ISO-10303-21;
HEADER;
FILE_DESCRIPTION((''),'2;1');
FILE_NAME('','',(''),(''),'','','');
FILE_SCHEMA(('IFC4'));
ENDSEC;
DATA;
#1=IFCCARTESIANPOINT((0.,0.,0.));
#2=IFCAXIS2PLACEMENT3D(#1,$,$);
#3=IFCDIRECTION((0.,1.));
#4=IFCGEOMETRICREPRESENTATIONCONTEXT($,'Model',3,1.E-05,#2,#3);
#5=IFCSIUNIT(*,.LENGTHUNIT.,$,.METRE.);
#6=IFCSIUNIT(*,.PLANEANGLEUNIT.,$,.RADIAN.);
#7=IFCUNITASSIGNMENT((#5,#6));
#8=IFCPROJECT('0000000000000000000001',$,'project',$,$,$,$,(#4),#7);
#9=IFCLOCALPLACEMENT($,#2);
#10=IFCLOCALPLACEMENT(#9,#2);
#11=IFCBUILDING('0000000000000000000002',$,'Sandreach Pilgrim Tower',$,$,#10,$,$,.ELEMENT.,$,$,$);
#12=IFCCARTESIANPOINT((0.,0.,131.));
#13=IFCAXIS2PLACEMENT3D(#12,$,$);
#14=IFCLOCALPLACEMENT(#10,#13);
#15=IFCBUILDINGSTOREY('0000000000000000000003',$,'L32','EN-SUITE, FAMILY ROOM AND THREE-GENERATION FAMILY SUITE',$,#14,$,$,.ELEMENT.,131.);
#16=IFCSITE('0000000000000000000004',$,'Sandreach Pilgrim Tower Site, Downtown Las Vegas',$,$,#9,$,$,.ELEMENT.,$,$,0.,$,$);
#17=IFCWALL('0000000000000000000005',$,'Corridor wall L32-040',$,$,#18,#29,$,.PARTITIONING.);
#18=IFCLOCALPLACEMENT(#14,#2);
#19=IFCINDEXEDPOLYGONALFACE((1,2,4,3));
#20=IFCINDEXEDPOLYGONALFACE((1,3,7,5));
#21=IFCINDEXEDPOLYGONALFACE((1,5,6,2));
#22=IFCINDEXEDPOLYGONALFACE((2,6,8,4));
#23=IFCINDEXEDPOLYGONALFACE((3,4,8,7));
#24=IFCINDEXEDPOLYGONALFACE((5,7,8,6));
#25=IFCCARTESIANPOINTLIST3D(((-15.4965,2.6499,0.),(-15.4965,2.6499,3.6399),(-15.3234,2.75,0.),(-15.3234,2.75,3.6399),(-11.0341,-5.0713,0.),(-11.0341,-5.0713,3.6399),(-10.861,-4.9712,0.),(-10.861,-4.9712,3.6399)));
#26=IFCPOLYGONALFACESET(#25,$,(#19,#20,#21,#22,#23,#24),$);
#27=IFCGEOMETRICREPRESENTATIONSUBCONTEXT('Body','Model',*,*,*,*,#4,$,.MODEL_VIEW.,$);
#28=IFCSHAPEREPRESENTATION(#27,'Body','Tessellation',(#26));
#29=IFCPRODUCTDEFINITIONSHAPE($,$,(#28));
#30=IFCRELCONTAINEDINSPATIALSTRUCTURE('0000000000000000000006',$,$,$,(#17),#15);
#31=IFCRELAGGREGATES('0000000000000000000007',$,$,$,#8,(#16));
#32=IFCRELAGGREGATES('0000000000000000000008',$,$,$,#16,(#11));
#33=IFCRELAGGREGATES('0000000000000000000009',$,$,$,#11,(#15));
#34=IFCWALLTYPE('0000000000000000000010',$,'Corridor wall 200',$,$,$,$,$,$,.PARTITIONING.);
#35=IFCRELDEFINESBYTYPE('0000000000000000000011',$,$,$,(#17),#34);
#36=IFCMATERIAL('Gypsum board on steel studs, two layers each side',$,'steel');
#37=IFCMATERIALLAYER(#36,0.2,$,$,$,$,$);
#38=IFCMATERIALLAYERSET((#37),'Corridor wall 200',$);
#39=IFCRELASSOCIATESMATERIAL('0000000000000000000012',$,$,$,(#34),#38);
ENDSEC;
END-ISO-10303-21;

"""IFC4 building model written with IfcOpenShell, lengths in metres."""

from ifc_helpers import new_model, si_unit, direction, frame, frame_2d, origin, place, context, subcontext, project, spatial, rectangle, extrude, material, layer, layer_set, type_object, element, save


model = new_model("IFC4")

# Units and contexts
model_context = context("Model", 3, precision=1e-05, world=origin(), true_north=direction((0.0, 1.0)))
body_context = subcontext(model_context, "Body", "Model", "MODEL_VIEW")
ifc_project = project(units=[si_unit("LENGTHUNIT", "METRE"), si_unit("PLANEANGLEUNIT", "RADIAN")], contexts=[model_context])

# Site, building, storey
site_placement = place(None, origin())
site = spatial("IfcSite", under=ifc_project, at=site_placement, Name="Sandreach Pilgrim Tower Site, Downtown Las Vegas", CompositionType="ELEMENT", RefElevation=0.0)
building_placement = place(site_placement, origin())
building = spatial("IfcBuilding", under=site, at=building_placement, Name="Sandreach Pilgrim Tower", CompositionType="ELEMENT")
storey_placement = place(building_placement, frame((0.0, 0.0, 131.0)))
storey = spatial("IfcBuildingStorey", under=building, at=storey_placement, Name="L32", Description="EN-SUITE, FAMILY ROOM AND THREE-GENERATION FAMILY SUITE", CompositionType="ELEMENT", Elevation=131.0)

# Shared definitions
ifc_material_1 = material(Name="Gypsum board on steel studs, two layers each side", Category="steel")
ifc_layer_1 = layer(ifc_material_1, 0.2)
ifc_layer_set_1 = layer_set([ifc_layer_1], Name="Corridor wall 200")
wall_type_1 = type_object("IfcWallType", Name="Corridor wall 200", PredefinedType="PARTITIONING", material=ifc_layer_set_1)

# Wall
wall_1_placement = place(storey_placement, frame((-10.9475, -5.0212, 0.0), z_axis=(0.0, 0.0, 1.0), x_axis=(-0.500384, 0.865803, 0.0)))
element("IfcWall", 1, at=wall_1_placement, inside=storey, type_object=wall_type_1, Name="Corridor wall L32-040", PredefinedType="PARTITIONING", context=body_context, shape_type="SweptSolid", body=[
    extrude(rectangle(XDim=8.918, YDim=0.2, at=frame_2d((4.459, 0.0))), origin(), (0.0, 0.0, 1.0), 3.6399),
])

save(model, "model.ifc")
